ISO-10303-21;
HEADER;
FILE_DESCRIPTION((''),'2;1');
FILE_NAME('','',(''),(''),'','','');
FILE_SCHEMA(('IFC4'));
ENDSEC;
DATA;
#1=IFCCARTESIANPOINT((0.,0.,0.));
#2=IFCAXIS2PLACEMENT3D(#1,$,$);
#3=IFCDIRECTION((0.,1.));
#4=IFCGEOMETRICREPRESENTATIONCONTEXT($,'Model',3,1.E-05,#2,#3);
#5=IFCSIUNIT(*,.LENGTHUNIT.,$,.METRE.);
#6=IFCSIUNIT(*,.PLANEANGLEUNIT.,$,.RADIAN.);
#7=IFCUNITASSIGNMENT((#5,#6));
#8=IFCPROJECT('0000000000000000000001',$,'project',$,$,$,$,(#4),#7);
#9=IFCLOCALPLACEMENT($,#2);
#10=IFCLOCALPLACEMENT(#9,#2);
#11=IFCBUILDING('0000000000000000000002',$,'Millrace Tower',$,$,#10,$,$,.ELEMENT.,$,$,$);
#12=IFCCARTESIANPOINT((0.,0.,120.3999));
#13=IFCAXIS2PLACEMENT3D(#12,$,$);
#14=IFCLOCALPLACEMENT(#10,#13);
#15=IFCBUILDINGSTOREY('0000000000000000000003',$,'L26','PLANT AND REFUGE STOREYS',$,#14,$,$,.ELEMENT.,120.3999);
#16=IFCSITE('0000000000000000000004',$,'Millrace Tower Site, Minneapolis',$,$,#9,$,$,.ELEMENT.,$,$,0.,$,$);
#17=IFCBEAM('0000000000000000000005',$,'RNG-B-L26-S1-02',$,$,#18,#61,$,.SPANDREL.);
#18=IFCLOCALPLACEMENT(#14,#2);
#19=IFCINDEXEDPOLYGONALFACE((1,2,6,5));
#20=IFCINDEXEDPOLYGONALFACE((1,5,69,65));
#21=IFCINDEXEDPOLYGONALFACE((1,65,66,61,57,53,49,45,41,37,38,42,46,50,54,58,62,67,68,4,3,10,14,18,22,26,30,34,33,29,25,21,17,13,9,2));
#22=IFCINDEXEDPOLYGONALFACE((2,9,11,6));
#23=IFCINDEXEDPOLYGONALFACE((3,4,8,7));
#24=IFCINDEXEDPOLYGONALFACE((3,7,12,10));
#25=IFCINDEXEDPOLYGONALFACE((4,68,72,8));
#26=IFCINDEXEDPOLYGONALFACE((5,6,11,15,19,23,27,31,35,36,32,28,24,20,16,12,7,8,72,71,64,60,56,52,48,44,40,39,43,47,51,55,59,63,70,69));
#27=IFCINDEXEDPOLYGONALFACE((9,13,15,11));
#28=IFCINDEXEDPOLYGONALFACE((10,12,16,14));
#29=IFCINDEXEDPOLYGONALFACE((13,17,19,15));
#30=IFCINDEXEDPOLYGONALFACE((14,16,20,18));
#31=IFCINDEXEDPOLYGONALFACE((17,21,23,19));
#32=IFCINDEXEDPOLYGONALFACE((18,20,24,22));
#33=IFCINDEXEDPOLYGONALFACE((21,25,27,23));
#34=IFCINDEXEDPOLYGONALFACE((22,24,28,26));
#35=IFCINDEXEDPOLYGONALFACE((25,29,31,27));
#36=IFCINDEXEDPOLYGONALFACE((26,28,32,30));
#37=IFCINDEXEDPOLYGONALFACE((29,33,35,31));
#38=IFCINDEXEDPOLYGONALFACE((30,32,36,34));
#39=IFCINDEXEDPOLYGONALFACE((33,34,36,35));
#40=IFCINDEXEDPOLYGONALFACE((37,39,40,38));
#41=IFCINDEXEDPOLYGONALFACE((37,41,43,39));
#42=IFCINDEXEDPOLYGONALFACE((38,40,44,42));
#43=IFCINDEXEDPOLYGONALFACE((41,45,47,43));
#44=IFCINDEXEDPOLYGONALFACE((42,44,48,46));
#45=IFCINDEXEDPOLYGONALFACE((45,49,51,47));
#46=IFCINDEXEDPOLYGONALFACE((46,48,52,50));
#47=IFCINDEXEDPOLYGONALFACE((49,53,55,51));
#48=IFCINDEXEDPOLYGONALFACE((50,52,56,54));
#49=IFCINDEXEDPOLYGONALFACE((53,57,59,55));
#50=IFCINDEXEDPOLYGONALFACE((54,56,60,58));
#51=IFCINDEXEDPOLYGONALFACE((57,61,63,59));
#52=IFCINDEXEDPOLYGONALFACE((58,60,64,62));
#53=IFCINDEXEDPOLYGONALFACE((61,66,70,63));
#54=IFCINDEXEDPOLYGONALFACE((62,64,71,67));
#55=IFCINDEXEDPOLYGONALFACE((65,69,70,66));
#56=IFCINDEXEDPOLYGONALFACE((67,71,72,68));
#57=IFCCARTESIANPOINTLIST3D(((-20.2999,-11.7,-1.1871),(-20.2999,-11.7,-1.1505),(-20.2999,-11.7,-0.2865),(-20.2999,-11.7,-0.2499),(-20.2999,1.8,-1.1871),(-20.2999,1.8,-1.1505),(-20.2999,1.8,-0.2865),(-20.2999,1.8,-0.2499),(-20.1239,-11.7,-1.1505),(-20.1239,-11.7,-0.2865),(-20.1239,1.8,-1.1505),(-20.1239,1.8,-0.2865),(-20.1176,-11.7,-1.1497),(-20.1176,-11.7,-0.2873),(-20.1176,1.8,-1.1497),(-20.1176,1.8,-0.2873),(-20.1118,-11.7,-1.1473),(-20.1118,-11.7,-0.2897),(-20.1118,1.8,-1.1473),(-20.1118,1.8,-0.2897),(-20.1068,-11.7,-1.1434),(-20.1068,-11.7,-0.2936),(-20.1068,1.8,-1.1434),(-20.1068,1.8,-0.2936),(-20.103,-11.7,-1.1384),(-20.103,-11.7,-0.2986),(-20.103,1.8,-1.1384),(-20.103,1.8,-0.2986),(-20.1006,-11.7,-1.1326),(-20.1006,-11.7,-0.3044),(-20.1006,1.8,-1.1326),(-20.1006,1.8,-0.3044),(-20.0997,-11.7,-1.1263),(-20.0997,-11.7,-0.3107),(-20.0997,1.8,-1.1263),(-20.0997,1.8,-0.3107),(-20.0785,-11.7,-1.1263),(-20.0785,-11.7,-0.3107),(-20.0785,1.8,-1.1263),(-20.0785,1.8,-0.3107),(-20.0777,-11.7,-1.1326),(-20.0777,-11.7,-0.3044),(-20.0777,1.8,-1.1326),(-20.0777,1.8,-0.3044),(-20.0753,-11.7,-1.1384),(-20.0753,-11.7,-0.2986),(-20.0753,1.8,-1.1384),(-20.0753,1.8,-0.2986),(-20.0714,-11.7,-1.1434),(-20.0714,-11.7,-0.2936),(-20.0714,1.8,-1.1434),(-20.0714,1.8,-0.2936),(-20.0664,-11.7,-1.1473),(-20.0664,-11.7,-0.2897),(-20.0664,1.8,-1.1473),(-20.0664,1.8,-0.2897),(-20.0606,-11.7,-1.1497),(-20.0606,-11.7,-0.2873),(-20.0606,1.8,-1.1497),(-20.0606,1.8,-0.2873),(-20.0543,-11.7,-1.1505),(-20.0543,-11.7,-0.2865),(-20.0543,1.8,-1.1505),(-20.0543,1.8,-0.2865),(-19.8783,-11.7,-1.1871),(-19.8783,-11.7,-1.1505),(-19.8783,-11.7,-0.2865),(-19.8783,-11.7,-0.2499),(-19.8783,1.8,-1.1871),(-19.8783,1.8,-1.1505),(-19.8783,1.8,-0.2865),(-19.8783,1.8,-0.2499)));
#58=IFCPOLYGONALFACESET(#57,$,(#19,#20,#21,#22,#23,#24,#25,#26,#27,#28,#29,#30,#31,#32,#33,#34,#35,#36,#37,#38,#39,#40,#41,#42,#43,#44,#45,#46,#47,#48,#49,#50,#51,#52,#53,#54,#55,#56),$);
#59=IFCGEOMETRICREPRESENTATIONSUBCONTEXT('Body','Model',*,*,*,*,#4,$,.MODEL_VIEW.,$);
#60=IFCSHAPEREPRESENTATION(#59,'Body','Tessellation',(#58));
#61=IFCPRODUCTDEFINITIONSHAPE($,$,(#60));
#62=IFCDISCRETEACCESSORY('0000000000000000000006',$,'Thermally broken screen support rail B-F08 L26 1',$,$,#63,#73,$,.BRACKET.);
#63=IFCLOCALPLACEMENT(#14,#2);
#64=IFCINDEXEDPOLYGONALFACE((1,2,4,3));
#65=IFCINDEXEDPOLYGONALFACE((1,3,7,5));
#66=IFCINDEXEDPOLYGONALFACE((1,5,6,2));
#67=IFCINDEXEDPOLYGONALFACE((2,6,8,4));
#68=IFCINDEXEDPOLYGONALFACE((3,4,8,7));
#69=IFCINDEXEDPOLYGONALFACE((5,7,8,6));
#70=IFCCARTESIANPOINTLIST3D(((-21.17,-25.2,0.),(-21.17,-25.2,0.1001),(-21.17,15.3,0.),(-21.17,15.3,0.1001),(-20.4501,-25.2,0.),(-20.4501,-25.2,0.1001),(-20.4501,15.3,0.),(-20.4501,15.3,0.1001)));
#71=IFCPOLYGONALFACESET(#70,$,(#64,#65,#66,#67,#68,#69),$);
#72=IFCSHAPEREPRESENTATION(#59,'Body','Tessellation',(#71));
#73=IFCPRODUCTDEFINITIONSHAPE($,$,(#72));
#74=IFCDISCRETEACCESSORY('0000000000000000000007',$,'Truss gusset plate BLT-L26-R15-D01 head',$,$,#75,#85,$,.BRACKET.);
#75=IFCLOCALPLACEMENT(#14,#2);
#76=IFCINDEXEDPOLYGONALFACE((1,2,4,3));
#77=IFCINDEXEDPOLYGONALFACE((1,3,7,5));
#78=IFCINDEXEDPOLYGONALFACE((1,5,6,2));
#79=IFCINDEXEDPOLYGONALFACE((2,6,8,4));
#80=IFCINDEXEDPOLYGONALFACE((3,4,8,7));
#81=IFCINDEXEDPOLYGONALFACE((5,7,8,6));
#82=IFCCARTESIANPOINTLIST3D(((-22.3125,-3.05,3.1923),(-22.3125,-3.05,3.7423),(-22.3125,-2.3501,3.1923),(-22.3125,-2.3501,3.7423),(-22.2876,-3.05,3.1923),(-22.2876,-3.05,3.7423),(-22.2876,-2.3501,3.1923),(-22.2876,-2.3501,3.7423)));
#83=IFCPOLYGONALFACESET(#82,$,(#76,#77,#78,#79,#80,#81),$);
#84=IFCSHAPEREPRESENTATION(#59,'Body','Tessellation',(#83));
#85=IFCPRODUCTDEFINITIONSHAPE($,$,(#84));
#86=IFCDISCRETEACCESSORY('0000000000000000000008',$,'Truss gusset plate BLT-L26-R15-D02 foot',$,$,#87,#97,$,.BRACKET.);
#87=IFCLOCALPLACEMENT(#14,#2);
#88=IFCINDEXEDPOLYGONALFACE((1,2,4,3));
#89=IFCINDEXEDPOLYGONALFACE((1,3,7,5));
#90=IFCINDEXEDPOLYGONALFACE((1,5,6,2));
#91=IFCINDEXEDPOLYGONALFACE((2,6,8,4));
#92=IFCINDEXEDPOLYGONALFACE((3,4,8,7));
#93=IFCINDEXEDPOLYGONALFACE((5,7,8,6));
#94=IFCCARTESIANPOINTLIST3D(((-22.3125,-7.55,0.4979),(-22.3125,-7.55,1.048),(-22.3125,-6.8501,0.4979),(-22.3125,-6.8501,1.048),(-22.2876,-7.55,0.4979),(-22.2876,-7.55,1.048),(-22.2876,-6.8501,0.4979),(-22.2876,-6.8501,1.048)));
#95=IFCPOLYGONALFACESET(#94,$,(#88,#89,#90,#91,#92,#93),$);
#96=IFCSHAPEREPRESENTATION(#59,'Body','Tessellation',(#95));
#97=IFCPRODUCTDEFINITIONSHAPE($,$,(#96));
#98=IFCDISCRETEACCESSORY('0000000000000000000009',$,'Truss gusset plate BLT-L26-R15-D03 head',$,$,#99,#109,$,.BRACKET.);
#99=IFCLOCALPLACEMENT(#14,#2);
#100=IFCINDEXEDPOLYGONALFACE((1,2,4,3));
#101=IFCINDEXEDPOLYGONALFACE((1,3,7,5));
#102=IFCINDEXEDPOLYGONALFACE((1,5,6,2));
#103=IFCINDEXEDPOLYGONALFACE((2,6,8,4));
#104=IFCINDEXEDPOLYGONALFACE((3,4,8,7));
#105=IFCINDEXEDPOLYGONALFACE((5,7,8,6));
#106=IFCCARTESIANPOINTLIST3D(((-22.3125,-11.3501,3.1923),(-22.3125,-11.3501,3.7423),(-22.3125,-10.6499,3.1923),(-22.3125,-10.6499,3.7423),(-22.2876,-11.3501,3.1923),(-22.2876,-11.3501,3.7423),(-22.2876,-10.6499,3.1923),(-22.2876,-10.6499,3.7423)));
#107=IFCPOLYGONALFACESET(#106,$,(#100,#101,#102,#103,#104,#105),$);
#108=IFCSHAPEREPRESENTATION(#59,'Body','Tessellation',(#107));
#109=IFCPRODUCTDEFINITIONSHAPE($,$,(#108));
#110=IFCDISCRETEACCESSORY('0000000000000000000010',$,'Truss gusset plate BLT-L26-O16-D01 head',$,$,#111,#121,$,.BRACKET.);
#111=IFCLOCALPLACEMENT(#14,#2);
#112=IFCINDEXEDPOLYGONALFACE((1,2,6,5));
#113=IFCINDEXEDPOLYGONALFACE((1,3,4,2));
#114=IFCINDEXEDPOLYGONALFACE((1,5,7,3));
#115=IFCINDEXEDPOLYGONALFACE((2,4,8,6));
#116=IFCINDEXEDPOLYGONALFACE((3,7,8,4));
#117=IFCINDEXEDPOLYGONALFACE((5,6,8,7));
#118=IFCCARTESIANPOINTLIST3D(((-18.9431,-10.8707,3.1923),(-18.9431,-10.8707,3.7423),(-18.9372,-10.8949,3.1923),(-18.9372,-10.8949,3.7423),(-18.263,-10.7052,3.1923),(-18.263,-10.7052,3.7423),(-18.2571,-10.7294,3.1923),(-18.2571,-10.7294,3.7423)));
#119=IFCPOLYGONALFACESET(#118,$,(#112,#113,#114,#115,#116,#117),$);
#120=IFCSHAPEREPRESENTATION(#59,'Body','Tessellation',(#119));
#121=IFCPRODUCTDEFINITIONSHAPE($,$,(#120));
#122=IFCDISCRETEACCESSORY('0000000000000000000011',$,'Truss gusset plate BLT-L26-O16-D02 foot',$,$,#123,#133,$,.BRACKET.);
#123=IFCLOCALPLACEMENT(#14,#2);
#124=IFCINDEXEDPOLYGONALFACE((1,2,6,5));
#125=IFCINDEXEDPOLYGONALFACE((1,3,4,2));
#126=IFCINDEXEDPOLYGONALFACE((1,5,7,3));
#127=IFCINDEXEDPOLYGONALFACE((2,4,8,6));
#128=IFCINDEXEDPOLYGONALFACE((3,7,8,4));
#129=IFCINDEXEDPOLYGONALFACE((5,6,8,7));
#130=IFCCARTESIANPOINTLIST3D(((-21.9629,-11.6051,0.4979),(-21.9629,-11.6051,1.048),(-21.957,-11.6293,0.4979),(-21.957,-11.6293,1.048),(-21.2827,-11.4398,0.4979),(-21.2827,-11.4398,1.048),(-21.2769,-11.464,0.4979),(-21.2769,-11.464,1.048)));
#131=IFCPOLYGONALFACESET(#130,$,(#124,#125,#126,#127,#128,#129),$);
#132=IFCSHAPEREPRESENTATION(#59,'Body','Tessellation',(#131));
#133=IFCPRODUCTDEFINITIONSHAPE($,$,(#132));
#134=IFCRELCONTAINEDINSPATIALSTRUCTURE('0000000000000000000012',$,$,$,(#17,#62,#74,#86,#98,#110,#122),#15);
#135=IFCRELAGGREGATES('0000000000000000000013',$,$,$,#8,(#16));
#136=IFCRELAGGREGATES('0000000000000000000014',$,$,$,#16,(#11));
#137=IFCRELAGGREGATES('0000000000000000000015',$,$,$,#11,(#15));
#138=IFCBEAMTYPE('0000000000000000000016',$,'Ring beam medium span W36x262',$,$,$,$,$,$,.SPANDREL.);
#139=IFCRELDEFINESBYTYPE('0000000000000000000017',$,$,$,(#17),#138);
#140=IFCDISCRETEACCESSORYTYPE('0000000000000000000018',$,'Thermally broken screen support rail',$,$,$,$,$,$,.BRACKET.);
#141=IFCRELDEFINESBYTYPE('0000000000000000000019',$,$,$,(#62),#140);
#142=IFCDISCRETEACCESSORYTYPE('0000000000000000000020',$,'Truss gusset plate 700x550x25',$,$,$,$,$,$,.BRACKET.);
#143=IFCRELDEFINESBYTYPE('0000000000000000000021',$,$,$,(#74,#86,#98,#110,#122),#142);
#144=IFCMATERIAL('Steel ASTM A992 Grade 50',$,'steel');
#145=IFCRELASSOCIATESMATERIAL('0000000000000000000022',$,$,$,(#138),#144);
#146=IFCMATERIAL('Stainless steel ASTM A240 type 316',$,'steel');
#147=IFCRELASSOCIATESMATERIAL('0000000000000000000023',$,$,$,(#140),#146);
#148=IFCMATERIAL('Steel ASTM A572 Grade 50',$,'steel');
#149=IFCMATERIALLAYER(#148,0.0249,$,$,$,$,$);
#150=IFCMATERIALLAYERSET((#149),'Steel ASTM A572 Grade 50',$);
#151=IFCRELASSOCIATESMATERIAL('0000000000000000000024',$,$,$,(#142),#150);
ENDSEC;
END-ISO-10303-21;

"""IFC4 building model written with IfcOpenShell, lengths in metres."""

from ifc_helpers import new_model, si_unit, direction, frame, origin, origin_2d, place, context, subcontext, project, spatial, rectangle, i_section, extrude, material, layer, layer_set, material_profile, profile_set, type_object, element, save


model = new_model("IFC4")

# Units and contexts
model_context = context("Model", 3, precision=1e-05, world=origin(), true_north=direction((0.0, 1.0)))
body_context = subcontext(model_context, "Body", "Model", "MODEL_VIEW")
ifc_project = project(units=[si_unit("LENGTHUNIT", "METRE"), si_unit("PLANEANGLEUNIT", "RADIAN")], contexts=[model_context])

# Site, building, storey
site_placement = place(None, origin())
site = spatial("IfcSite", under=ifc_project, at=site_placement, Name="Millrace Tower Site, Minneapolis", CompositionType="ELEMENT", RefElevation=0.0)
building_placement = place(site_placement, origin())
building = spatial("IfcBuilding", under=site, at=building_placement, Name="Millrace Tower", CompositionType="ELEMENT")
storey_placement = place(building_placement, frame((0.0, 0.0, 120.3999)))
storey = spatial("IfcBuildingStorey", under=building, at=storey_placement, Name="L26", Description="PLANT AND REFUGE STOREYS", CompositionType="ELEMENT", Elevation=120.3999)

# Beam
ifc_material_1 = material(Name="Steel ASTM A992 Grade 50", Category="steel")
ifc_material_profile_1 = material_profile(ifc_material_1, i_section(OverallWidth=0.4216, OverallDepth=0.9373, WebThickness=0.0212, FlangeThickness=0.0366, FilletRadius=0.0242, at=origin_2d()))
ifc_profile_set_1 = profile_set([ifc_material_profile_1], Name="Steel ASTM A992 Grade 50")
beam_type_1 = type_object("IfcBeamType", Name="Ring beam medium span W36x262", PredefinedType="SPANDREL", material=ifc_profile_set_1)
beam_1_placement = place(storey_placement, frame((-20.0891, -11.7, -0.7185), z_axis=(0.0, 1.0, 0.0), x_axis=(-1.0, 0.0, 0.0)))
element("IfcBeam", 1, at=beam_1_placement, inside=storey, type_object=beam_type_1, Name="RNG-B-L26-S1-02", PredefinedType="SPANDREL", context=body_context, shape_type="SweptSolid", body=[
    extrude(i_section(OverallWidth=0.4216, OverallDepth=0.9373, WebThickness=0.0212, FlangeThickness=0.0366, FilletRadius=0.0242, at=origin_2d()), origin(), (0.0, 0.0, 1.0), 13.5),
])

# Discrete accessories
ifc_material_2 = material(Name="Stainless steel ASTM A240 type 316", Category="steel")
discrete_accessory_type_1 = type_object("IfcDiscreteAccessoryType", Name="Thermally broken screen support rail", PredefinedType="BRACKET", material=ifc_material_2)
discrete_accessory_1_placement = place(storey_placement, frame((-20.8101, -4.95, 0.0), z_axis=(0.0, 0.0, 1.0), x_axis=(0.0, -1.0, 0.0)))
element("IfcDiscreteAccessory", 2, at=discrete_accessory_1_placement, inside=storey, type_object=discrete_accessory_type_1, Name="Thermally broken screen support rail B-F08 L26 1", PredefinedType="BRACKET", context=body_context, shape_type="SweptSolid", body=[
    extrude(rectangle(XDim=40.5, YDim=0.72, at=origin_2d()), origin(), (0.0, 0.0, 1.0), 0.1001),
])
ifc_material_3 = material(Name="Steel ASTM A572 Grade 50", Category="steel")
ifc_layer_1 = layer(ifc_material_3, 0.0249)
ifc_layer_set_1 = layer_set([ifc_layer_1], Name="Steel ASTM A572 Grade 50")
discrete_accessory_type_2 = type_object("IfcDiscreteAccessoryType", Name="Truss gusset plate 700x550x25", PredefinedType="BRACKET", material=ifc_layer_set_1)
for number, where, z_axis, x_axis, name in (
    (3, (-22.3, -3.05, 3.4673), (0.0, 1.0, 0.0), (-1.0, 0.0, 0.0), "Truss gusset plate BLT-L26-R15-D01 head"),
    (4, (-22.3, -7.55, 0.7729), (0.0, 1.0, 0.0), (-1.0, 0.0, 0.0), "Truss gusset plate BLT-L26-R15-D02 foot"),
):
    element("IfcDiscreteAccessory", number, at=place(storey_placement, frame(where, z_axis=z_axis, x_axis=x_axis)), inside=storey, type_object=discrete_accessory_type_2, Name=name, PredefinedType="BRACKET", context=body_context, shape_type="SweptSolid", body=[
        extrude(rectangle(XDim=0.0249, YDim=0.55, at=origin_2d()), origin(), (0.0, 0.0, 1.0), 0.7),
    ])
discrete_accessory_2_placement = place(storey_placement, frame((-22.3, -11.3501, 3.4673), z_axis=(0.0, 1.0, 0.0), x_axis=(-1.0, 0.0, 0.0)))
element("IfcDiscreteAccessory", 5, at=discrete_accessory_2_placement, inside=storey, type_object=discrete_accessory_type_2, Name="Truss gusset plate BLT-L26-R15-D03 head", PredefinedType="BRACKET", context=body_context, shape_type="SweptSolid", body=[
    extrude(rectangle(XDim=0.0249, YDim=0.55, at=origin_2d()), origin(), (0.0, 0.0, 1.0), 0.7002),
])
for number, where, z_axis, x_axis, name in (
    (6, (-18.9402, -10.8828, 3.4673), (0.971642, 0.236458, 0.0), (-0.236458, 0.971642, 0.0), "Truss gusset plate BLT-L26-O16-D01 head"),
    (7, (-21.96, -11.6172, 0.7729), (0.971722, 0.236129, 0.0), (-0.236129, 0.971722, 0.0), "Truss gusset plate BLT-L26-O16-D02 foot"),
):
    element("IfcDiscreteAccessory", number, at=place(storey_placement, frame(where, z_axis=z_axis, x_axis=x_axis)), inside=storey, type_object=discrete_accessory_type_2, Name=name, PredefinedType="BRACKET", context=body_context, shape_type="SweptSolid", body=[
        extrude(rectangle(XDim=0.0249, YDim=0.55, at=origin_2d()), origin(), (0.0, 0.0, 1.0), 0.7),
    ])

save(model, "model.ifc")
